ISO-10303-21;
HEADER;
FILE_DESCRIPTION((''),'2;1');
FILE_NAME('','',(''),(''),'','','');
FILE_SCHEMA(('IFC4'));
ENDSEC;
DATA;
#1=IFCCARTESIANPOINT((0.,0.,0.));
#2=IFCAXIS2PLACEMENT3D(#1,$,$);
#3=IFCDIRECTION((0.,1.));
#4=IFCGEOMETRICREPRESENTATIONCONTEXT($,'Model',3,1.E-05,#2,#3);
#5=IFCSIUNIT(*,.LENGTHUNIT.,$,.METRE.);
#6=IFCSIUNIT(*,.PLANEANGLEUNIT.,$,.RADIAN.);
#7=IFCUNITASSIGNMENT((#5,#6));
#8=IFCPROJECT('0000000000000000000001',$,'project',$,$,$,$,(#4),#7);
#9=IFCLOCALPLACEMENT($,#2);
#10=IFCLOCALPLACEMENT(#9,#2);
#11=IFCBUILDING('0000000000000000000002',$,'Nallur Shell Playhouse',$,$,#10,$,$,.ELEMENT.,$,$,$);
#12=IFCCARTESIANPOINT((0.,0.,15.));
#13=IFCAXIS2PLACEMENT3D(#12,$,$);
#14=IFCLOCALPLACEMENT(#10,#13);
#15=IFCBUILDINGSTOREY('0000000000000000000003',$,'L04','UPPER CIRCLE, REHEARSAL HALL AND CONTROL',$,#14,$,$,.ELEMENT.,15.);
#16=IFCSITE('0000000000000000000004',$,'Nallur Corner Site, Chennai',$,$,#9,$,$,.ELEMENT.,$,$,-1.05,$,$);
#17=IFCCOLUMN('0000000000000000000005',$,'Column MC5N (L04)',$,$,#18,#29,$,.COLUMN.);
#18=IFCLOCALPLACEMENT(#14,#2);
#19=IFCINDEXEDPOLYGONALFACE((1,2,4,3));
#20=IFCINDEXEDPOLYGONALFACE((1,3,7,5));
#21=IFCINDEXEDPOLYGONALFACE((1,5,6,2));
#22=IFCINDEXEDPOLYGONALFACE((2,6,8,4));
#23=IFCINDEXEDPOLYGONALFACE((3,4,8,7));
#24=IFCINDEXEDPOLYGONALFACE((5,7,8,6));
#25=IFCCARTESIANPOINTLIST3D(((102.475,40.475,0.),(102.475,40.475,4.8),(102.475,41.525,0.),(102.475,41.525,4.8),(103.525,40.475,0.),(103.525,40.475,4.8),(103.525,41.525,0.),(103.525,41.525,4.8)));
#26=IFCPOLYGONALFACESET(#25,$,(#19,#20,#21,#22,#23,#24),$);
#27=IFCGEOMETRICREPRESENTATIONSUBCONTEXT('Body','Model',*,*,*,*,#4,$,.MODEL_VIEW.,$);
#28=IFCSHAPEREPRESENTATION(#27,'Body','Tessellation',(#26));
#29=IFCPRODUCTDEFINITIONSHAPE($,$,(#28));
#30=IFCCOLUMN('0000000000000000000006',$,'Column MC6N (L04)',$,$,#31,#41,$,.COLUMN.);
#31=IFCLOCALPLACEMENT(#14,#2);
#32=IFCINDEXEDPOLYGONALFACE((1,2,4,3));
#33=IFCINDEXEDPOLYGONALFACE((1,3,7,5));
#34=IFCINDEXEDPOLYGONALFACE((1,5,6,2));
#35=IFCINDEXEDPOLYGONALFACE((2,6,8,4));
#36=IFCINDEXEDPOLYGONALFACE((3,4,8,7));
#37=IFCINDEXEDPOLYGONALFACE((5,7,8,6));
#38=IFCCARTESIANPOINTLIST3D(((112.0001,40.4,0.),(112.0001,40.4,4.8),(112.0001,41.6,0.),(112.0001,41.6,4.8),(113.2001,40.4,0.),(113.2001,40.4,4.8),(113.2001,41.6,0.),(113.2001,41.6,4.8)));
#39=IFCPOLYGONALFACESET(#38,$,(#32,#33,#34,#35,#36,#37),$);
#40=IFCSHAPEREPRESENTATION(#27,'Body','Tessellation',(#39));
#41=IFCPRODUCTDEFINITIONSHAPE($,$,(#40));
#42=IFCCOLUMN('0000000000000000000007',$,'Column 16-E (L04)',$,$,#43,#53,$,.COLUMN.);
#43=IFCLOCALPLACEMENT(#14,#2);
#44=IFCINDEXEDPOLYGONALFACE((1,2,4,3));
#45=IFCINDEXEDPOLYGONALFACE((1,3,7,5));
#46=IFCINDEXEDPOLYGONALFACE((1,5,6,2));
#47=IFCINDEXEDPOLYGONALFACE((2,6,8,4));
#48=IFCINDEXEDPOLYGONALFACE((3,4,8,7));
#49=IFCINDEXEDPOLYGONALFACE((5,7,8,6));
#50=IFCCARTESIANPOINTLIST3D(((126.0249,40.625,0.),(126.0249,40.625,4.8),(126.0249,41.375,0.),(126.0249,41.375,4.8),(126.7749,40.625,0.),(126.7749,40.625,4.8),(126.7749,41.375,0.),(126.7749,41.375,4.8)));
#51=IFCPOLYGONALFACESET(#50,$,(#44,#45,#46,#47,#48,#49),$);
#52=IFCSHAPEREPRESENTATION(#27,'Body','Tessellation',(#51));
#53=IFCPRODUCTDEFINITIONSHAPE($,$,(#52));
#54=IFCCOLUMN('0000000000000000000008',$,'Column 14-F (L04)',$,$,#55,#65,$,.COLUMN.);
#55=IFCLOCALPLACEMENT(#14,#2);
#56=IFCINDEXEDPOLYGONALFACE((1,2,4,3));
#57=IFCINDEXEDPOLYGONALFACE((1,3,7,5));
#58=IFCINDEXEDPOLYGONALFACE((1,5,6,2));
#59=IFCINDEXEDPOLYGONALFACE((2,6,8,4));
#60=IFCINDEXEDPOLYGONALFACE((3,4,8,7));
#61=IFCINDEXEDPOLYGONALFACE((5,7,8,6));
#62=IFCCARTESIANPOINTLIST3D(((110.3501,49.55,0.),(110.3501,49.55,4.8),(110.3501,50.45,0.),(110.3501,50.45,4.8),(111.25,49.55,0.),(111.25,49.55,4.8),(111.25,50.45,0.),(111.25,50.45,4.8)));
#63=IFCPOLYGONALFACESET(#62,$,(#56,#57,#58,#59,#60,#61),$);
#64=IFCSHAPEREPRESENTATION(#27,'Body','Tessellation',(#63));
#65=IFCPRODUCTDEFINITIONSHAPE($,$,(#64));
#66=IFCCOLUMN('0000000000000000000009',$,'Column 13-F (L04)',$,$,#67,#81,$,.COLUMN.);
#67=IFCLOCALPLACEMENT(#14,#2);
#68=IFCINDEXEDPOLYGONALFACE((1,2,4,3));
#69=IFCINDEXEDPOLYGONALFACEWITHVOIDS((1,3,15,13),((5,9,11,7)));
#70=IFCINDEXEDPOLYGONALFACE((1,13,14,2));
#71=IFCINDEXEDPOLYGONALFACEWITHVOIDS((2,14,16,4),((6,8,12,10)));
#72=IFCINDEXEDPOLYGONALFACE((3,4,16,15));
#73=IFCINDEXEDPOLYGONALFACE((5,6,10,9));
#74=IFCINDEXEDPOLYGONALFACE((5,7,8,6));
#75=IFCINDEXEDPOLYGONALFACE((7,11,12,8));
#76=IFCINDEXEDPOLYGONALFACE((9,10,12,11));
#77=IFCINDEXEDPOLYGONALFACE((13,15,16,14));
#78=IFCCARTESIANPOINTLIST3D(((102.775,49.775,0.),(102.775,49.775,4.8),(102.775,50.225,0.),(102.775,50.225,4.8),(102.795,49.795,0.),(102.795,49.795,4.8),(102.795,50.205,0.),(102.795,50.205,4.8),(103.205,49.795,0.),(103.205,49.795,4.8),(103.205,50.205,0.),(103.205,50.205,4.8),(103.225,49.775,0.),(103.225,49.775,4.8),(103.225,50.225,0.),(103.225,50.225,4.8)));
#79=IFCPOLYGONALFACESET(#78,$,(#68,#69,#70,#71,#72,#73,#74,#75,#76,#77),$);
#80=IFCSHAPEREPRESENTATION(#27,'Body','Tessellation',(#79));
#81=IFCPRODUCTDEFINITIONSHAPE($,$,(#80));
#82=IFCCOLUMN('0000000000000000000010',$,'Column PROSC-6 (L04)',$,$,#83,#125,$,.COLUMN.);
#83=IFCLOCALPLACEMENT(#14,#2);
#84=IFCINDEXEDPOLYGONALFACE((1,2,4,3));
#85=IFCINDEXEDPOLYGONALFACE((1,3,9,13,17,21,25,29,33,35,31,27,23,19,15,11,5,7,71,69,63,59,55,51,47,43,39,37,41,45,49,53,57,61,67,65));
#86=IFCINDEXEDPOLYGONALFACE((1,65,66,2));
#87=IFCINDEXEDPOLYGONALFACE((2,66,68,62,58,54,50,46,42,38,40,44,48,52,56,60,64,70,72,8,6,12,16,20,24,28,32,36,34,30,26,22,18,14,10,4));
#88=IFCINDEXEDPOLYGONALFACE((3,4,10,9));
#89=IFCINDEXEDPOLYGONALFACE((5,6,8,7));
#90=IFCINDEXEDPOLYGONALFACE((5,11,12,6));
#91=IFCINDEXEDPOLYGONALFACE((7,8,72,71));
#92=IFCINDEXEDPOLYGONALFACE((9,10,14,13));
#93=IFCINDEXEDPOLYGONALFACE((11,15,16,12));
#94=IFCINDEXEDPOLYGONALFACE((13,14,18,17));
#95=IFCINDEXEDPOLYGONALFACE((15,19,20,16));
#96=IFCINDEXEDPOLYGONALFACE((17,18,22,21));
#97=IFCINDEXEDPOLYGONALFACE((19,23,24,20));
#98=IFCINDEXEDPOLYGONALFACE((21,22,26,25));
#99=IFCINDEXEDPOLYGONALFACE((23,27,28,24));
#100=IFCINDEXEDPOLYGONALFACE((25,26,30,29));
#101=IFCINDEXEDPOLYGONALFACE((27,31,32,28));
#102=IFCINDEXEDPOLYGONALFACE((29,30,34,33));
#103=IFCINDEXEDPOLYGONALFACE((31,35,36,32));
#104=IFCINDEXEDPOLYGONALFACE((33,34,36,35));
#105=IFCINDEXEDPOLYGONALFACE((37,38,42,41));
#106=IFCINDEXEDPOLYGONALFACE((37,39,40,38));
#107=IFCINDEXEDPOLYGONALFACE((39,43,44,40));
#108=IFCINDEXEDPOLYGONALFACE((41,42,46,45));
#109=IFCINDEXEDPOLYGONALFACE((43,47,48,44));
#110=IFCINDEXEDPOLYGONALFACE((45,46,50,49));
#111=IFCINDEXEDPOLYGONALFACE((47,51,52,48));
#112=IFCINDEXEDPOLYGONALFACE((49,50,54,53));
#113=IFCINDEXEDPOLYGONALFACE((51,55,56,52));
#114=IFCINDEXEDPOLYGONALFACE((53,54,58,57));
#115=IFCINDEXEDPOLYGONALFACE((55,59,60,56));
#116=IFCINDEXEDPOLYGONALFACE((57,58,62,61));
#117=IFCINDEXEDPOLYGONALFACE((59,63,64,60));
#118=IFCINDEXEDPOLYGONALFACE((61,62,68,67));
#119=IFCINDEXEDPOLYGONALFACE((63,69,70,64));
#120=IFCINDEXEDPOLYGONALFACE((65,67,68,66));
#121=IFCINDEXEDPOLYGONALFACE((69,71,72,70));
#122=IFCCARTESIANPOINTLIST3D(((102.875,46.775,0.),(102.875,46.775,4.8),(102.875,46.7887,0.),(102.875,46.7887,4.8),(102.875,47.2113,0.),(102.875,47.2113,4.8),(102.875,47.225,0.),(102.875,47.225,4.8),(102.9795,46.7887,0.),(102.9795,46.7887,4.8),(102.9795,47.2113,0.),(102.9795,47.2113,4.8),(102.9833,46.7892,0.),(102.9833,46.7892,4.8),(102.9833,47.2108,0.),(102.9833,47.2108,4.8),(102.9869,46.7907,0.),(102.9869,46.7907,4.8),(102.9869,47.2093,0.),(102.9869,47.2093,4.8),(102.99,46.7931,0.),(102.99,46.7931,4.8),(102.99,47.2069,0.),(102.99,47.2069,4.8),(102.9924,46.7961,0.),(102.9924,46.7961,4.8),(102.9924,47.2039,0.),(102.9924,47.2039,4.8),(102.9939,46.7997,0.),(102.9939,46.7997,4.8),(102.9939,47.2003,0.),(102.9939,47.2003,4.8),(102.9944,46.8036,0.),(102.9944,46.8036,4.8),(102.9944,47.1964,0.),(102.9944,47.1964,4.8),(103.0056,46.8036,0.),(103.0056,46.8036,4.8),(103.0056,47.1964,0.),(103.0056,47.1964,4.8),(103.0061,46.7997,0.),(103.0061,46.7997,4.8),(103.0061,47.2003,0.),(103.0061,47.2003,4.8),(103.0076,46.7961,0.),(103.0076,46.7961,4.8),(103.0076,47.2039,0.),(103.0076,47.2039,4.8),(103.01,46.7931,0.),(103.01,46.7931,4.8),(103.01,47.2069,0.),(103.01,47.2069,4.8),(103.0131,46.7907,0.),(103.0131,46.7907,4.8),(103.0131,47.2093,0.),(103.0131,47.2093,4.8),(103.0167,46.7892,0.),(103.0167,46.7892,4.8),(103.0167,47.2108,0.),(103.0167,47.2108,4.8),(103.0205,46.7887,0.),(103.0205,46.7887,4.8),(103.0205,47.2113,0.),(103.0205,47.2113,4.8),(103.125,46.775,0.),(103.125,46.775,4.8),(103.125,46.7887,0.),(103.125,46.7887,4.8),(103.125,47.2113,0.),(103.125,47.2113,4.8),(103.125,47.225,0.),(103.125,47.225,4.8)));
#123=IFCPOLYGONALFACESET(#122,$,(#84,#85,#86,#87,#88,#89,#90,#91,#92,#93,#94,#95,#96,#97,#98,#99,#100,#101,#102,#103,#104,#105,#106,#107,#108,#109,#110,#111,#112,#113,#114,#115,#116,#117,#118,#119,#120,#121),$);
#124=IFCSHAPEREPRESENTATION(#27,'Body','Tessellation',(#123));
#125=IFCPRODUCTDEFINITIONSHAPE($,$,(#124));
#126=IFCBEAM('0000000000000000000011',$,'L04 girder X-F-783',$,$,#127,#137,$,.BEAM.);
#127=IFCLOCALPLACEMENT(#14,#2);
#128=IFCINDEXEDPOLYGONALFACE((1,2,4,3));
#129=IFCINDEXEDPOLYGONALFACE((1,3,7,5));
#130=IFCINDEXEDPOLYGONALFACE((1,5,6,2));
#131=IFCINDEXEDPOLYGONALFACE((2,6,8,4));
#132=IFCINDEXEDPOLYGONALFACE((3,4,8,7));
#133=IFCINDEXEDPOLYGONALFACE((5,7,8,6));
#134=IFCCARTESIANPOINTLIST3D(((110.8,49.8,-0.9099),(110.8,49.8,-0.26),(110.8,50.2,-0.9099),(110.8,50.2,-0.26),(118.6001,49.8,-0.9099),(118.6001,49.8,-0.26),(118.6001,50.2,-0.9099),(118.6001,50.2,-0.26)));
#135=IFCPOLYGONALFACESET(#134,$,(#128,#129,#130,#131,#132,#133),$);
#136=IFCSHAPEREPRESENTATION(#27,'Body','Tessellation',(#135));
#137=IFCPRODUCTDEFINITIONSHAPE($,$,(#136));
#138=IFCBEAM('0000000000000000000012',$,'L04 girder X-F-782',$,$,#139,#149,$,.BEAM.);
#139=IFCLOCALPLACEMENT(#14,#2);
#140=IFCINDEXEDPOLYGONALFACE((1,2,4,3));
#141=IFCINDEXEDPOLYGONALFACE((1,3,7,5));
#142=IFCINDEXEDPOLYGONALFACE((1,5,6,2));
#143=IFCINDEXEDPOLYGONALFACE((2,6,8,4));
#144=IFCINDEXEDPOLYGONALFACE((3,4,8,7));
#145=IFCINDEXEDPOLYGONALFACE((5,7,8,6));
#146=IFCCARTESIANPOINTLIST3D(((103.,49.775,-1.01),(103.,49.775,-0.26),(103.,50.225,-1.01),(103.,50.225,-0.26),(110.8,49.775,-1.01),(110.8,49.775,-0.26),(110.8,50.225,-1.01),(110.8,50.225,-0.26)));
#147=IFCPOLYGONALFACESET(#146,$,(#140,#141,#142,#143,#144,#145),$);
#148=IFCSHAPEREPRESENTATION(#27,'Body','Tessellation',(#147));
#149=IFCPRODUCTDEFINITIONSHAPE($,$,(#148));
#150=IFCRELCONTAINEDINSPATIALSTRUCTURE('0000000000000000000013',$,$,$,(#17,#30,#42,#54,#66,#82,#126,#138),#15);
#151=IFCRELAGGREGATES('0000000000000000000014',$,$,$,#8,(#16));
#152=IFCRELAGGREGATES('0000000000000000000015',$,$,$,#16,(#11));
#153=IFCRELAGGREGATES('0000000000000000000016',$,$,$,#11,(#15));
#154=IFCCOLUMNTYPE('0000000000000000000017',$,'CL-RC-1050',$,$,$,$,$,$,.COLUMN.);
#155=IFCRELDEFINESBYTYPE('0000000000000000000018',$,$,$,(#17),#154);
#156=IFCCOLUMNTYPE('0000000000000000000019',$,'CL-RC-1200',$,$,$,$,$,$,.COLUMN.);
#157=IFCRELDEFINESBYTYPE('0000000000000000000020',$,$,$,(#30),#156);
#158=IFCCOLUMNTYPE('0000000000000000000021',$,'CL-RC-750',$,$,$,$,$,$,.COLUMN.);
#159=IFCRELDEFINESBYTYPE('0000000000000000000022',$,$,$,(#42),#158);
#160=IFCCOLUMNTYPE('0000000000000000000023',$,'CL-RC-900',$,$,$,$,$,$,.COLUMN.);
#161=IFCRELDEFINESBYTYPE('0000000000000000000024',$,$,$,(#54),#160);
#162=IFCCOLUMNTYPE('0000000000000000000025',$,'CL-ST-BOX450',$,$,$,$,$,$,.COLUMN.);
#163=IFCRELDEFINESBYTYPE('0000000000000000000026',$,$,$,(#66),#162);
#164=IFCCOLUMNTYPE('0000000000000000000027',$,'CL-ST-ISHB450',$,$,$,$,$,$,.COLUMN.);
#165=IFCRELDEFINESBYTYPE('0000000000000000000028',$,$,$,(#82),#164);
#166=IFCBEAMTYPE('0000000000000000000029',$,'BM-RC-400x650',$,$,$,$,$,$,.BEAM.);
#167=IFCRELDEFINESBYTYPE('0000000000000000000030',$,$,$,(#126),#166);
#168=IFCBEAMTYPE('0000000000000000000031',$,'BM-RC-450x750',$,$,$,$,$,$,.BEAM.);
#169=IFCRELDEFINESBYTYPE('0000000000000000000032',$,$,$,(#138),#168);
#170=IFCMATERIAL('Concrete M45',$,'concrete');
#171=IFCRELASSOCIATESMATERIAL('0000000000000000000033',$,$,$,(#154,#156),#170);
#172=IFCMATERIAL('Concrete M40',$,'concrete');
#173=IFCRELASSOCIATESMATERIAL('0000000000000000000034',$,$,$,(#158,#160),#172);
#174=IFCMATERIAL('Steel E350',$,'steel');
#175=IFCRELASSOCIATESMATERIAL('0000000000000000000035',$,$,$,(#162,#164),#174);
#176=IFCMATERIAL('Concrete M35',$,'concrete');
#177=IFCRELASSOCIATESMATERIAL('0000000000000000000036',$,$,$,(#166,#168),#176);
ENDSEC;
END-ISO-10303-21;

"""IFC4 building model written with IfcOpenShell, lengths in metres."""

from ifc_helpers import new_model, si_unit, direction, frame, origin, origin_2d, place, context, subcontext, project, spatial, rectangle, hollow_rectangle, i_section, extrude, material, material_profile, profile_set, type_object, element, save


model = new_model("IFC4")

# Units and contexts
model_context = context("Model", 3, precision=1e-05, world=origin(), true_north=direction((0.0, 1.0)))
body_context = subcontext(model_context, "Body", "Model", "MODEL_VIEW")
ifc_project = project(units=[si_unit("LENGTHUNIT", "METRE"), si_unit("PLANEANGLEUNIT", "RADIAN")], contexts=[model_context])

# Site, building, storey
site_placement = place(None, origin())
site = spatial("IfcSite", under=ifc_project, at=site_placement, Name="Nallur Corner Site, Chennai", CompositionType="ELEMENT", RefElevation=-1.05)
building_placement = place(site_placement, origin())
building = spatial("IfcBuilding", under=site, at=building_placement, Name="Nallur Shell Playhouse", CompositionType="ELEMENT")
storey_placement = place(building_placement, frame((0.0, 0.0, 15.0)))
storey = spatial("IfcBuildingStorey", under=building, at=storey_placement, Name="L04", Description="UPPER CIRCLE, REHEARSAL HALL AND CONTROL", CompositionType="ELEMENT", Elevation=15.0)

# Columns
ifc_material_1 = material(Name="Concrete M45", Category="concrete")
ifc_material_profile_1 = material_profile(ifc_material_1, rectangle(XDim=1.05, YDim=1.05, at=origin_2d()), Name="RC 1050x1050")
ifc_profile_set_1 = profile_set([ifc_material_profile_1], Name="Concrete M45")
column_type_1 = type_object("IfcColumnType", Name="CL-RC-1050", PredefinedType="COLUMN", material=ifc_profile_set_1)
column_1_placement = place(storey_placement, frame((103.0, 41.0, 0.0), z_axis=(0.0, 0.0, 1.0), x_axis=(1.0, 0.0, 0.0)))
element("IfcColumn", 1, at=column_1_placement, inside=storey, type_object=column_type_1, Name="Column MC5N (L04)", PredefinedType="COLUMN", context=body_context, shape_type="SweptSolid", body=[
    extrude(rectangle(XDim=1.05, YDim=1.05, at=origin_2d()), origin(), (0.0, 0.0, 1.0), 4.8),
])
ifc_material_profile_2 = material_profile(ifc_material_1, rectangle(XDim=1.2, YDim=1.2, at=origin_2d()), Name="RC 1200x1200")
ifc_profile_set_2 = profile_set([ifc_material_profile_2], Name="Concrete M45")
column_type_2 = type_object("IfcColumnType", Name="CL-RC-1200", PredefinedType="COLUMN", material=ifc_profile_set_2)
column_2_placement = place(storey_placement, frame((112.6001, 41.0, 0.0), z_axis=(0.0, 0.0, 1.0), x_axis=(1.0, 0.0, 0.0)))
element("IfcColumn", 2, at=column_2_placement, inside=storey, type_object=column_type_2, Name="Column MC6N (L04)", PredefinedType="COLUMN", context=body_context, shape_type="SweptSolid", body=[
    extrude(rectangle(XDim=1.2, YDim=1.2, at=origin_2d()), origin(), (0.0, 0.0, 1.0), 4.8),
])
ifc_material_2 = material(Name="Concrete M40", Category="concrete")
ifc_material_profile_3 = material_profile(ifc_material_2, rectangle(XDim=0.75, YDim=0.75, at=origin_2d()), Name="RC 750x750")
ifc_profile_set_3 = profile_set([ifc_material_profile_3], Name="Concrete M40")
column_type_3 = type_object("IfcColumnType", Name="CL-RC-750", PredefinedType="COLUMN", material=ifc_profile_set_3)
column_3_placement = place(storey_placement, frame((126.3999, 41.0, 0.0), z_axis=(0.0, 0.0, 1.0), x_axis=(1.0, 0.0, 0.0)))
element("IfcColumn", 3, at=column_3_placement, inside=storey, type_object=column_type_3, Name="Column 16-E (L04)", PredefinedType="COLUMN", context=body_context, shape_type="SweptSolid", body=[
    extrude(rectangle(XDim=0.75, YDim=0.75, at=origin_2d()), origin(), (0.0, 0.0, 1.0), 4.8),
])
ifc_material_profile_4 = material_profile(ifc_material_2, rectangle(XDim=0.8999, YDim=0.8999, at=origin_2d()), Name="RC 900x900")
ifc_profile_set_4 = profile_set([ifc_material_profile_4], Name="Concrete M40")
column_type_4 = type_object("IfcColumnType", Name="CL-RC-900", PredefinedType="COLUMN", material=ifc_profile_set_4)
column_4_placement = place(storey_placement, frame((110.8, 50.0, 0.0), z_axis=(0.0, 0.0, 1.0), x_axis=(1.0, 0.0, 0.0)))
element("IfcColumn", 4, at=column_4_placement, inside=storey, type_object=column_type_4, Name="Column 14-F (L04)", PredefinedType="COLUMN", context=body_context, shape_type="SweptSolid", body=[
    extrude(rectangle(XDim=0.8999, YDim=0.8999, at=origin_2d()), origin(), (0.0, 0.0, 1.0), 4.8),
])
ifc_material_3 = material(Name="Steel E350", Category="steel")
ifc_material_profile_5 = material_profile(ifc_material_3, hollow_rectangle(XDim=0.45, YDim=0.45, WallThickness=0.02, at=origin_2d()), Name="BOX 450x450x20")
ifc_profile_set_5 = profile_set([ifc_material_profile_5], Name="Steel E350")
column_type_5 = type_object("IfcColumnType", Name="CL-ST-BOX450", PredefinedType="COLUMN", material=ifc_profile_set_5)
column_5_placement = place(storey_placement, frame((103.0, 50.0, 0.0), z_axis=(0.0, 0.0, 1.0), x_axis=(1.0, 0.0, 0.0)))
element("IfcColumn", 5, at=column_5_placement, inside=storey, type_object=column_type_5, Name="Column 13-F (L04)", PredefinedType="COLUMN", context=body_context, shape_type="SweptSolid", body=[
    extrude(hollow_rectangle(XDim=0.45, YDim=0.45, WallThickness=0.02, at=origin_2d()), origin(), (0.0, 0.0, 1.0), 4.8),
])
ifc_material_profile_6 = material_profile(ifc_material_3, i_section(OverallWidth=0.25, OverallDepth=0.45, WebThickness=0.0112, FlangeThickness=0.0137, FilletRadius=0.0149, at=origin_2d()), Name="ISHB 450")
ifc_profile_set_6 = profile_set([ifc_material_profile_6], Name="Steel E350")
column_type_6 = type_object("IfcColumnType", Name="CL-ST-ISHB450", PredefinedType="COLUMN", material=ifc_profile_set_6)
column_6_placement = place(storey_placement, frame((103.0, 47.0, 0.0), z_axis=(0.0, 0.0, 1.0), x_axis=(1.0, 0.0, 0.0)))
element("IfcColumn", 6, at=column_6_placement, inside=storey, type_object=column_type_6, Name="Column PROSC-6 (L04)", PredefinedType="COLUMN", context=body_context, shape_type="SweptSolid", body=[
    extrude(i_section(OverallWidth=0.25, OverallDepth=0.45, WebThickness=0.0112, FlangeThickness=0.0137, FilletRadius=0.0149, at=origin_2d()), origin(), (0.0, 0.0, 1.0), 4.8),
])

# Beams
ifc_material_4 = material(Name="Concrete M35", Category="concrete")
ifc_material_profile_7 = material_profile(ifc_material_4, rectangle(XDim=0.3999, YDim=0.6499, at=origin_2d()), Name="RC 400x650")
ifc_profile_set_7 = profile_set([ifc_material_profile_7], Name="Concrete M35")
beam_type_1 = type_object("IfcBeamType", Name="BM-RC-400x650", PredefinedType="BEAM", material=ifc_profile_set_7)
beam_1_placement = place(storey_placement, frame((110.8, 50.0, -0.585), z_axis=(1.0, 0.0, 0.0), x_axis=(0.0, 1.0, 0.0)))
element("IfcBeam", 7, at=beam_1_placement, inside=storey, type_object=beam_type_1, Name="L04 girder X-F-783", PredefinedType="BEAM", context=body_context, shape_type="SweptSolid", body=[
    extrude(rectangle(XDim=0.3999, YDim=0.6499, at=origin_2d()), origin(), (0.0, 0.0, 1.0), 7.8),
])
ifc_material_profile_8 = material_profile(ifc_material_4, rectangle(XDim=0.45, YDim=0.75, at=origin_2d()), Name="RC 450x750")
ifc_profile_set_8 = profile_set([ifc_material_profile_8], Name="Concrete M35")
beam_type_2 = type_object("IfcBeamType", Name="BM-RC-450x750", PredefinedType="BEAM", material=ifc_profile_set_8)
beam_2_placement = place(storey_placement, frame((103.0, 50.0, -0.635), z_axis=(1.0, 0.0, 0.0), x_axis=(0.0, 1.0, 0.0)))
element("IfcBeam", 8, at=beam_2_placement, inside=storey, type_object=beam_type_2, Name="L04 girder X-F-782", PredefinedType="BEAM", context=body_context, shape_type="SweptSolid", body=[
    extrude(rectangle(XDim=0.45, YDim=0.75, at=origin_2d()), origin(), (0.0, 0.0, 1.0), 7.8),
])

save(model, "model.ifc")
